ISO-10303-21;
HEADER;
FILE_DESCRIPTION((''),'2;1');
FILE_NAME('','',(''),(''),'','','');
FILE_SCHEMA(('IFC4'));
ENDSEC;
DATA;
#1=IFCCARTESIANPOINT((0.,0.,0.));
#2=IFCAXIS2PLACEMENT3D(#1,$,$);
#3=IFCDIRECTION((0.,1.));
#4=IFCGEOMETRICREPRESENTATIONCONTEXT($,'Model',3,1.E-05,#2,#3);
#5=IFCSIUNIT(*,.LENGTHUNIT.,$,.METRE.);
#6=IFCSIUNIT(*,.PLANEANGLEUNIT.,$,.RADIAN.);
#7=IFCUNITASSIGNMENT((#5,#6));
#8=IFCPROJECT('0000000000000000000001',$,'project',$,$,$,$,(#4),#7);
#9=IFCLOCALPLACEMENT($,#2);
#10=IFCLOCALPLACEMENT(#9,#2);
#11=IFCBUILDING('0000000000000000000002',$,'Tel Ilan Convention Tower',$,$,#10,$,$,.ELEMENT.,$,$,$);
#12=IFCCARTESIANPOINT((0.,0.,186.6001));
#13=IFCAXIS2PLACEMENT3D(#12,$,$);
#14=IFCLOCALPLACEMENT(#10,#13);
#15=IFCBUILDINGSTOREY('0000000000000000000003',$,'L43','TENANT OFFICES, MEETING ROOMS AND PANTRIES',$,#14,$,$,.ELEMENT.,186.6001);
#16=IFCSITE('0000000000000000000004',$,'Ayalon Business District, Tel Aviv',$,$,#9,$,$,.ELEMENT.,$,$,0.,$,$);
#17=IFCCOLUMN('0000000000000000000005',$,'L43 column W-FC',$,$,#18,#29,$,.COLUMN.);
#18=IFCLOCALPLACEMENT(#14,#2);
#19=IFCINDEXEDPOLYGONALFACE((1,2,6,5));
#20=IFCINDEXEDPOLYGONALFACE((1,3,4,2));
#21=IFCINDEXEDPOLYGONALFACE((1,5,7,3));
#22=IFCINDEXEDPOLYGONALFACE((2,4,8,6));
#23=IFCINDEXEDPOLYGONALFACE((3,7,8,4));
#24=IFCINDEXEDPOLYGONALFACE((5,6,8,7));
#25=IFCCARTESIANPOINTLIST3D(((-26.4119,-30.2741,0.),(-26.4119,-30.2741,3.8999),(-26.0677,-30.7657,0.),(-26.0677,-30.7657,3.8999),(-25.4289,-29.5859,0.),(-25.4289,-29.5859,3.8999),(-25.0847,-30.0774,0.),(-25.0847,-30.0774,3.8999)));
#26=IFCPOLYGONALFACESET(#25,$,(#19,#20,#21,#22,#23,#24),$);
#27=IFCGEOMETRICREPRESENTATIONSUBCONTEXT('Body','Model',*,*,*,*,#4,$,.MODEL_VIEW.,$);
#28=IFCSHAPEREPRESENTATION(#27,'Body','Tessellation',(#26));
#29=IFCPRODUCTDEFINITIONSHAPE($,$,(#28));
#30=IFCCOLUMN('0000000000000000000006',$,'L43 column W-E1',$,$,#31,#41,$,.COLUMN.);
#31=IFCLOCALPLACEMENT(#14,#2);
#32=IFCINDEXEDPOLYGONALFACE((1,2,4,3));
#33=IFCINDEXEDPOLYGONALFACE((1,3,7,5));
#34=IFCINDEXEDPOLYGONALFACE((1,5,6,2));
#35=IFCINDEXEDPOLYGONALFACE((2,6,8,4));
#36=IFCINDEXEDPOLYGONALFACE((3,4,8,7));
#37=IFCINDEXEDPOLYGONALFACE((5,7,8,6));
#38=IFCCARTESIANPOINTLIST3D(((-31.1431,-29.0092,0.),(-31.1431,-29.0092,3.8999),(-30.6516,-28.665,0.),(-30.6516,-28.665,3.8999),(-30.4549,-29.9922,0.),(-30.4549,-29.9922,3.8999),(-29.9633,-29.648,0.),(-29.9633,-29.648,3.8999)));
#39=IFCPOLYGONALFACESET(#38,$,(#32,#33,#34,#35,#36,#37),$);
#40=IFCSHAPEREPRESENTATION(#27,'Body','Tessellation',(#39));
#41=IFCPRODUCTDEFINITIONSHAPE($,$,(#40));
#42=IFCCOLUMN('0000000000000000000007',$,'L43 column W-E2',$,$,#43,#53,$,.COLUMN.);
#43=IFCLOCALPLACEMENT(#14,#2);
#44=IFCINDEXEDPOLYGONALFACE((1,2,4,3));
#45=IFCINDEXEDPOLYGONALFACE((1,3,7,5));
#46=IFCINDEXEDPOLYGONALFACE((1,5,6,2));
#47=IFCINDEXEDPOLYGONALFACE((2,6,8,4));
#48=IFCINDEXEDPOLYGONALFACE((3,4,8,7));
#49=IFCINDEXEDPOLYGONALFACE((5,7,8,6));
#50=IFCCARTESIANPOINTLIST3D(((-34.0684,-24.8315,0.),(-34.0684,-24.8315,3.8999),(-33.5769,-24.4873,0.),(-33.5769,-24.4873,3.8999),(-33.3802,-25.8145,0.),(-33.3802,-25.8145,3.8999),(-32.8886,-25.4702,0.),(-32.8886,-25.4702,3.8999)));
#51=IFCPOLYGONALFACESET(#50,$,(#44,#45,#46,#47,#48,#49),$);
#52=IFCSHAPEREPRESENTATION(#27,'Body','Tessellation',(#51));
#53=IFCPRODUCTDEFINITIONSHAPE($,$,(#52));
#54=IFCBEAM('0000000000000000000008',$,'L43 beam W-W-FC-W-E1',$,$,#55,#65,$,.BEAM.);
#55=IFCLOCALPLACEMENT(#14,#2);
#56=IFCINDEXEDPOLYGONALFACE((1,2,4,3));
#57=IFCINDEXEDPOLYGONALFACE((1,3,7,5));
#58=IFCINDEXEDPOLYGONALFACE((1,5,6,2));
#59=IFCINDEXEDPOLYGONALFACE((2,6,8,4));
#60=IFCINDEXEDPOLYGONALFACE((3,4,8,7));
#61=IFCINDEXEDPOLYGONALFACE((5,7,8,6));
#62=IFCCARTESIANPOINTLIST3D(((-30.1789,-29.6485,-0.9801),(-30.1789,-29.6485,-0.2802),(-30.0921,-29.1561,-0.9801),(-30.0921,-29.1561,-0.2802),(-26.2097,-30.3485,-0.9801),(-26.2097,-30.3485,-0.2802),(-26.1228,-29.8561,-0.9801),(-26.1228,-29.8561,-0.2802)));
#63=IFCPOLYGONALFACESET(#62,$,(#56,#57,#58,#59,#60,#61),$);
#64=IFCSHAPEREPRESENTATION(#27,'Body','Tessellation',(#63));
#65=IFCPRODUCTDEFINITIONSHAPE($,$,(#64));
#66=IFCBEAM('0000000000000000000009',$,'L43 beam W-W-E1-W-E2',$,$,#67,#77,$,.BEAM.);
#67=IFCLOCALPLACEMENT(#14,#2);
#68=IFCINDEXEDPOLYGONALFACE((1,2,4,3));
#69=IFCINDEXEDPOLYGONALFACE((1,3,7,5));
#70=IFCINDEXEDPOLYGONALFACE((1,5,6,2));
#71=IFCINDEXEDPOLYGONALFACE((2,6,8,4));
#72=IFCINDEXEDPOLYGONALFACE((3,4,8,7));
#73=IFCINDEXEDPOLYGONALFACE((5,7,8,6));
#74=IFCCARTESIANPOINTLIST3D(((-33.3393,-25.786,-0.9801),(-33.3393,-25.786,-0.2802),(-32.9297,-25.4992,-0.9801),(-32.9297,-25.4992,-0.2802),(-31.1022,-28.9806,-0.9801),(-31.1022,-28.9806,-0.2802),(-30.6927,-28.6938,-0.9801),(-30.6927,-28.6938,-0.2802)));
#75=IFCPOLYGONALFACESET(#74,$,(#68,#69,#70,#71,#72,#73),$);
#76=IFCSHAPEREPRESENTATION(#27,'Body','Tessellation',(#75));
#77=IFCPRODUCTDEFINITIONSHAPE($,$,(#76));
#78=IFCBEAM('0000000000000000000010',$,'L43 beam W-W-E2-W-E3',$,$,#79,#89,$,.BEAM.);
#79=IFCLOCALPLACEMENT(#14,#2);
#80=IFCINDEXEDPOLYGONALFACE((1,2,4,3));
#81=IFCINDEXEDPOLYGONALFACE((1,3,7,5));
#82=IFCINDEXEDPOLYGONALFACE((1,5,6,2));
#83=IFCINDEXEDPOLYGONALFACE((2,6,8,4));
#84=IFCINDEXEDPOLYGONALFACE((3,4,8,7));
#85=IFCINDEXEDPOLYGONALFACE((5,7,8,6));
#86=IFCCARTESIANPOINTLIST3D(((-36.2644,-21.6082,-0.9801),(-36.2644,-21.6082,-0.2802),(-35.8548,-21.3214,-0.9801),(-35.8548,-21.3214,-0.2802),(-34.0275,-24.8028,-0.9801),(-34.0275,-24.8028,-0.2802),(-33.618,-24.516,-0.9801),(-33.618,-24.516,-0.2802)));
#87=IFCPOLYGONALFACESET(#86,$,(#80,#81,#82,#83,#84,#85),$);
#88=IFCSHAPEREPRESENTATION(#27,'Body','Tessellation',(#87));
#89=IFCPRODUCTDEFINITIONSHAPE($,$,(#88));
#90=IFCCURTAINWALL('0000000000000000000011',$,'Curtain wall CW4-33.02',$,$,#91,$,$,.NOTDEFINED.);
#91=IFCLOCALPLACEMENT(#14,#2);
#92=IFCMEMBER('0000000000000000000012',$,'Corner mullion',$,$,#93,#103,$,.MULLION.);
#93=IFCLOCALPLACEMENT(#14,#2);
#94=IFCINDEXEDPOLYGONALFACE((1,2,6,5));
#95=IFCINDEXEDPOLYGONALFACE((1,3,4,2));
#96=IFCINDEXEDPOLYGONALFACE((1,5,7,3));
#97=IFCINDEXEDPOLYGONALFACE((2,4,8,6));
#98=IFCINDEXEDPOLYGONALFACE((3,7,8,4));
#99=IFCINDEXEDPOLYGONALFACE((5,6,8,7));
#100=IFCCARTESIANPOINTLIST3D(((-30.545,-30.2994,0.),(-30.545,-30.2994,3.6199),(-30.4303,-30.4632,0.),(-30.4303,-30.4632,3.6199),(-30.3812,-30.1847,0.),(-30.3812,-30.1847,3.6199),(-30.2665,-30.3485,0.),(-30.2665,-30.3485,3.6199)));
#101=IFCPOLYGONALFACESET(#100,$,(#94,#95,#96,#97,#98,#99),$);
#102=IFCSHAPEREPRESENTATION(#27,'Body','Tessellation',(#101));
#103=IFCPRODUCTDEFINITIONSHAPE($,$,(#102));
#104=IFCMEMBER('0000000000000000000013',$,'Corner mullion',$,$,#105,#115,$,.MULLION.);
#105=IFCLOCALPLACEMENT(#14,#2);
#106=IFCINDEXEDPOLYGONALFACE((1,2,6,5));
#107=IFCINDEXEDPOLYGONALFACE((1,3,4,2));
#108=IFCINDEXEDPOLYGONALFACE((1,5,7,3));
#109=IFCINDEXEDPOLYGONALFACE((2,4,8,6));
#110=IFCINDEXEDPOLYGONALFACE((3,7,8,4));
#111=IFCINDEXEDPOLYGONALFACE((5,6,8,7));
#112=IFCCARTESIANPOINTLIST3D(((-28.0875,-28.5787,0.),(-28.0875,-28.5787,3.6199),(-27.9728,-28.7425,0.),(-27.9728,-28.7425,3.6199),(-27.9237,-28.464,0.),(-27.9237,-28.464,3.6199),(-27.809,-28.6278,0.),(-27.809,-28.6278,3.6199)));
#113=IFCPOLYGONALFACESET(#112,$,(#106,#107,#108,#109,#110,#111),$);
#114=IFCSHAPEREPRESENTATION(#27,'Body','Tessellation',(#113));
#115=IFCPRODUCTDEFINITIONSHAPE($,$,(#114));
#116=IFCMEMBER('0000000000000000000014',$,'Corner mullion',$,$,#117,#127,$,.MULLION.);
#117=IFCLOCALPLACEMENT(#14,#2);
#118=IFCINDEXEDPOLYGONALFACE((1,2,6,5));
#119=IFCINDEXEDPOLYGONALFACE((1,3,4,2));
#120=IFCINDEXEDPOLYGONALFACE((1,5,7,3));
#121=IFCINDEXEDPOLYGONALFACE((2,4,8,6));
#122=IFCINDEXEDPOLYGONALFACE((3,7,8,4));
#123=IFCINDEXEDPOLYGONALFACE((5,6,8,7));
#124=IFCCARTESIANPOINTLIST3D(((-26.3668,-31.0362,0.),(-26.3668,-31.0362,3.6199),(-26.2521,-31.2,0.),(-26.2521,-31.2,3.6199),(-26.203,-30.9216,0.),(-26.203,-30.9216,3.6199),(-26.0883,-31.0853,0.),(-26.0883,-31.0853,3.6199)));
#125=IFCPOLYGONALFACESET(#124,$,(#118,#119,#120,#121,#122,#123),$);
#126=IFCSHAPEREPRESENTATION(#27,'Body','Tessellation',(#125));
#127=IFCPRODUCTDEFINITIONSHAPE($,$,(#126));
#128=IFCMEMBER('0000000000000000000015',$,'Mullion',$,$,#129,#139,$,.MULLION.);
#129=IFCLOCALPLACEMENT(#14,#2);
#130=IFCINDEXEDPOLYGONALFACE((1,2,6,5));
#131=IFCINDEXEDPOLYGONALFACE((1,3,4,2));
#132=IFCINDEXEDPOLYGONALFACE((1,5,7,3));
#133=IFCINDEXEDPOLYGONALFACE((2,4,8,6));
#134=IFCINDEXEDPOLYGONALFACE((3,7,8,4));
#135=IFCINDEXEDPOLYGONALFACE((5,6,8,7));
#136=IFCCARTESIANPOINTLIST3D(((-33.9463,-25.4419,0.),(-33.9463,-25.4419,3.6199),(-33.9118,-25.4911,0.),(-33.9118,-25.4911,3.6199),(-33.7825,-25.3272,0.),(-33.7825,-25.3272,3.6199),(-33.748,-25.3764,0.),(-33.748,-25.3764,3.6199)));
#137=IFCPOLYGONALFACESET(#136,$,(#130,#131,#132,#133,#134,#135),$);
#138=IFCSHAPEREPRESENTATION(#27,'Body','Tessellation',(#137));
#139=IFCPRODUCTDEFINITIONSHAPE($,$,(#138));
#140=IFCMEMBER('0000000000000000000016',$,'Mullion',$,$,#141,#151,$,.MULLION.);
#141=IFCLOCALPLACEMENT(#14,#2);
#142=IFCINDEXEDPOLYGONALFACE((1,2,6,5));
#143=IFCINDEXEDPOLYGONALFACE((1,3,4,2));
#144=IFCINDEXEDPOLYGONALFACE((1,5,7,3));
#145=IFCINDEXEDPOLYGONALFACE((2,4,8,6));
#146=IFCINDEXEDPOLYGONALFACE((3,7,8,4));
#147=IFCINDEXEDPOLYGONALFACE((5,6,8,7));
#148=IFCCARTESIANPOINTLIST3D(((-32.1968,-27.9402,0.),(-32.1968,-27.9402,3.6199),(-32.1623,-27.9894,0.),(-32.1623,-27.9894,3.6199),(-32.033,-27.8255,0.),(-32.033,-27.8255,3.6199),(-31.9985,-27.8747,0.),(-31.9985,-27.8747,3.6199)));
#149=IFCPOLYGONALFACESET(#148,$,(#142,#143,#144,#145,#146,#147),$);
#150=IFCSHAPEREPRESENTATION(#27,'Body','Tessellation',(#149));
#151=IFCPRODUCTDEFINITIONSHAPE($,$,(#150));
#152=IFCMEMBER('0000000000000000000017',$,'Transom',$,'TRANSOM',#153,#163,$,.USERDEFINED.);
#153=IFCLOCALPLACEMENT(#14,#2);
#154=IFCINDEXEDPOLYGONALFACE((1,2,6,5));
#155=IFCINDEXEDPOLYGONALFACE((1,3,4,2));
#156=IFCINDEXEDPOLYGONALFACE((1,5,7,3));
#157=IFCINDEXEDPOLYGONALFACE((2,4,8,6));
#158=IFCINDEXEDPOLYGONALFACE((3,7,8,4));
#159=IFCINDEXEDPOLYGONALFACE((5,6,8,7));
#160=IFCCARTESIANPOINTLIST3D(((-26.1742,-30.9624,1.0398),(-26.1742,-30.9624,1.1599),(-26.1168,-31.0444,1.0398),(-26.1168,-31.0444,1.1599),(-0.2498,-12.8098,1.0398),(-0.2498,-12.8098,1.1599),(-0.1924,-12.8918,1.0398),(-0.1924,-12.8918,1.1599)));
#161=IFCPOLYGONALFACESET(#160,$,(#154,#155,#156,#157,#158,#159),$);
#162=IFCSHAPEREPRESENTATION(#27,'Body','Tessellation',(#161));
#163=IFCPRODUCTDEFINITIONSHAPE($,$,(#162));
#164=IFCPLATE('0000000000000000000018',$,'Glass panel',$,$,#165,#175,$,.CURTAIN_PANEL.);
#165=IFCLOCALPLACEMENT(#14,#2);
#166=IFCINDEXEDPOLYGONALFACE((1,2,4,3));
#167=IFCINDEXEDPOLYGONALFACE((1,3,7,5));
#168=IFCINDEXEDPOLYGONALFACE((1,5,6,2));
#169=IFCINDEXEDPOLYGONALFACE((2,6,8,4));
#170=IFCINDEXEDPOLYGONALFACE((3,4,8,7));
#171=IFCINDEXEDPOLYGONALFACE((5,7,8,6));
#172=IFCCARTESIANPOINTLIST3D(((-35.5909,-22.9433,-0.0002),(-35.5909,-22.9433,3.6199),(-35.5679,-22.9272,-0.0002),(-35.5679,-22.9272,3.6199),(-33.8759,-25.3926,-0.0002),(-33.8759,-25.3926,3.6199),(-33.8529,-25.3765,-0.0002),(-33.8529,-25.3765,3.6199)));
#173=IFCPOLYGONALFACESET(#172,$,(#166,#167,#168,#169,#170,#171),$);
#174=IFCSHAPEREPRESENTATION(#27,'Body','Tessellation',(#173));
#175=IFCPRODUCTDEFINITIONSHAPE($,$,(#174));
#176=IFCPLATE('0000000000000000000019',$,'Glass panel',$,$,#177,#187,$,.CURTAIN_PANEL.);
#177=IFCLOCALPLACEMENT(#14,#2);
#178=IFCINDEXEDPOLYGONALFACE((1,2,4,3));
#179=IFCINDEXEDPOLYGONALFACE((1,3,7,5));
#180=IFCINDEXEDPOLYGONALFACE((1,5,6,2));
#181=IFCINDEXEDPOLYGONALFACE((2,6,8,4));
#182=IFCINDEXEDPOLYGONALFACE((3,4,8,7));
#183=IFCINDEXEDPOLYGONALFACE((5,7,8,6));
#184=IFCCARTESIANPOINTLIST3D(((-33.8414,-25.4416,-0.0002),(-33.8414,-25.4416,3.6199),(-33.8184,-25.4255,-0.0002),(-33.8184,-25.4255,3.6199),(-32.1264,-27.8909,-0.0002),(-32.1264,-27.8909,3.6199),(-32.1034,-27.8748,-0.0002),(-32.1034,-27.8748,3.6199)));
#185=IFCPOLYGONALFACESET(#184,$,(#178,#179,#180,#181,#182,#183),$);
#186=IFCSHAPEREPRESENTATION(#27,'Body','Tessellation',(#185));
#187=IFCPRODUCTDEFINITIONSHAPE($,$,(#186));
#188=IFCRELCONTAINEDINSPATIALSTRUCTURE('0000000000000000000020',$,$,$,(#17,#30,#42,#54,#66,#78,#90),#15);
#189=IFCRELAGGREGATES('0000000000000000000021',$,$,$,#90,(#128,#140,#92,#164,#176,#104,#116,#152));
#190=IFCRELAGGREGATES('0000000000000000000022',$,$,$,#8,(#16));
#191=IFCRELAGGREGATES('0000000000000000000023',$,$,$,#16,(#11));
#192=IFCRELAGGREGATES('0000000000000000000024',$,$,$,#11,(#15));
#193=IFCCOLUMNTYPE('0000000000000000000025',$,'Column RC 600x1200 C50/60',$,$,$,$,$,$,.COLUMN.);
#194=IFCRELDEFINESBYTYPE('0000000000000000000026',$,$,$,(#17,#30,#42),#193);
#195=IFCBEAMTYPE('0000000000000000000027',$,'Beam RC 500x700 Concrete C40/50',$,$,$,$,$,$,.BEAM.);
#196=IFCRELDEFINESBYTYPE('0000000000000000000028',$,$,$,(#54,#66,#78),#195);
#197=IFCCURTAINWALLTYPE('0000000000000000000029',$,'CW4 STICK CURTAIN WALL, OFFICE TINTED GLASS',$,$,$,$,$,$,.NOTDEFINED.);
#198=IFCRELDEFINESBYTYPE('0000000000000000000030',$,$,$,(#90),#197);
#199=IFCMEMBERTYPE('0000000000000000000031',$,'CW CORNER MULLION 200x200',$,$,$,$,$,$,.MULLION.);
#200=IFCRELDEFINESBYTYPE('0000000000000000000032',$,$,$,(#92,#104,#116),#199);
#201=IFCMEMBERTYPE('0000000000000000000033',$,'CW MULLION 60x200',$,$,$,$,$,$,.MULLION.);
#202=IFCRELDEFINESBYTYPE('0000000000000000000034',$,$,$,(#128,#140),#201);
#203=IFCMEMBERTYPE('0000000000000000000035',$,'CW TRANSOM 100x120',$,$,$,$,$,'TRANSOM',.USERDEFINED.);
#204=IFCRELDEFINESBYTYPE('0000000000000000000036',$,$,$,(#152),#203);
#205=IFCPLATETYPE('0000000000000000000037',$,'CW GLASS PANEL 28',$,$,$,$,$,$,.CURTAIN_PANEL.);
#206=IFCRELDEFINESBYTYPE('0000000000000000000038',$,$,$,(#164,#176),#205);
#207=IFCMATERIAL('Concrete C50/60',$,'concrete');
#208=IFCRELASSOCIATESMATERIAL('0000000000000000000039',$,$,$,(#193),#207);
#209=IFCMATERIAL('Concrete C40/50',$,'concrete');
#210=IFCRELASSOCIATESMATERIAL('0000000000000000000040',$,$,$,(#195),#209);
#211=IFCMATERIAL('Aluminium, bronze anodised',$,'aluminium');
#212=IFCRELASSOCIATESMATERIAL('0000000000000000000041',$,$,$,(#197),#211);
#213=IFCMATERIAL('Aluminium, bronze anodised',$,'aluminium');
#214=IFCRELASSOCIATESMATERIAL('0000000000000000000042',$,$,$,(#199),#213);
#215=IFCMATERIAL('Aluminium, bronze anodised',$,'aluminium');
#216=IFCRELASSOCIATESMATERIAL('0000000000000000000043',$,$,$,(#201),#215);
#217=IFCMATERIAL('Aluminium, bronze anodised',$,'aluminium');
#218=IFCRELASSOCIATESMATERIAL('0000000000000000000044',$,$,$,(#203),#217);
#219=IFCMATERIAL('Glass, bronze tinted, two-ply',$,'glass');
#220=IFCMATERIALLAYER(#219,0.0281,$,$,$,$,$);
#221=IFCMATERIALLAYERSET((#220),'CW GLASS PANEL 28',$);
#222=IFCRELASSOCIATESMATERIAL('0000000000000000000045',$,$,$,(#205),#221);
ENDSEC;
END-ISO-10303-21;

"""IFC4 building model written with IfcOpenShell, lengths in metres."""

from ifc_helpers import new_model, si_unit, direction, frame, origin, origin_2d, place, context, subcontext, project, spatial, rectangle, extrude, material, layer, layer_set, material_profile, profile_set, type_object, element, aggregate, save


model = new_model("IFC4")

# Units and contexts
model_context = context("Model", 3, precision=1e-05, world=origin(), true_north=direction((0.0, 1.0)))
body_context = subcontext(model_context, "Body", "Model", "MODEL_VIEW")
ifc_project = project(units=[si_unit("LENGTHUNIT", "METRE"), si_unit("PLANEANGLEUNIT", "RADIAN")], contexts=[model_context])

# Site, building, storey
site_placement = place(None, origin())
site = spatial("IfcSite", under=ifc_project, at=site_placement, Name="Ayalon Business District, Tel Aviv", CompositionType="ELEMENT", RefElevation=0.0)
building_placement = place(site_placement, origin())
building = spatial("IfcBuilding", under=site, at=building_placement, Name="Tel Ilan Convention Tower", CompositionType="ELEMENT")
storey_placement = place(building_placement, frame((0.0, 0.0, 186.6001)))
storey = spatial("IfcBuildingStorey", under=building, at=storey_placement, Name="L43", Description="TENANT OFFICES, MEETING ROOMS AND PANTRIES", CompositionType="ELEMENT", Elevation=186.6001)

# Columns
ifc_material_1 = material(Name="Concrete C50/60", Category="concrete")
ifc_material_profile_1 = material_profile(ifc_material_1, rectangle(XDim=1.2, YDim=0.6001, at=origin_2d()), Name="RC 600x1200")
ifc_profile_set_1 = profile_set([ifc_material_profile_1], Name="Concrete C50/60")
column_type = type_object("IfcColumnType", Name="Column RC 600x1200 C50/60", PredefinedType="COLUMN", material=ifc_profile_set_1)
for number, where, z_axis, x_axis, name in (
    (1, (-25.7483, -30.1758, 0.0), (0.0, 0.0, 1.0), (-0.819152, -0.573576, 0.0), "L43 column W-FC"),
    (2, (-30.5532, -29.3286, 0.0), (0.0, 0.0, 1.0), (-0.573576, 0.819152, 0.0), "L43 column W-E1"),
    (3, (-33.4785, -25.1509, 0.0), (0.0, 0.0, 1.0), (-0.573576, 0.819152, 0.0), "L43 column W-E2"),
):
    element("IfcColumn", number, at=place(storey_placement, frame(where, z_axis=z_axis, x_axis=x_axis)), inside=storey, type_object=column_type, Name=name, PredefinedType="COLUMN", context=body_context, shape_type="SweptSolid", body=[
        extrude(rectangle(XDim=1.2, YDim=0.6001, at=origin_2d()), origin(), (0.0, 0.0, 1.0), 3.8999),
    ])

# Beams
ifc_material_2 = material(Name="Concrete C40/50", Category="concrete")
ifc_material_profile_2 = material_profile(ifc_material_2, rectangle(XDim=0.5, YDim=0.7, at=origin_2d()), Name="RC 500x700")
ifc_profile_set_2 = profile_set([ifc_material_profile_2], Name="Concrete C40/50")
beam_type = type_object("IfcBeamType", Name="Beam RC 500x700 Concrete C40/50", PredefinedType="BEAM", material=ifc_profile_set_2)
beam_placement = place(storey_placement, frame((-26.1663, -30.1023, -0.6301), z_axis=(-0.984805, 0.173664, 0.0), x_axis=(-0.173664, -0.984805, 0.0)))
element("IfcBeam", 4, at=beam_placement, inside=storey, type_object=beam_type, Name="L43 beam W-W-FC-W-E1", PredefinedType="BEAM", context=body_context, shape_type="SweptSolid", body=[
    extrude(rectangle(XDim=0.5, YDim=0.7, at=origin_2d()), origin(), (0.0, 0.0, 1.0), 4.0305),
])
for number, where, z_axis, x_axis, name in (
    (5, (-30.8975, -28.8372, -0.6301), (-0.573609, 0.819129, 0.0), (-0.819129, -0.573609, 0.0), "L43 beam W-W-E1-W-E2"),
    (6, (-33.8228, -24.6594, -0.6301), (-0.573567, 0.819158, 0.0), (-0.819158, -0.573567, 0.0), "L43 beam W-W-E2-W-E3"),
):
    element("IfcBeam", number, at=place(storey_placement, frame(where, z_axis=z_axis, x_axis=x_axis)), inside=storey, type_object=beam_type, Name=name, PredefinedType="BEAM", context=body_context, shape_type="SweptSolid", body=[
        extrude(rectangle(XDim=0.5, YDim=0.7, at=origin_2d()), origin(), (0.0, 0.0, 1.0), 3.8999),
    ])

# Curtain wall, members, plates
ifc_material_3 = material(Name="Aluminium, bronze anodised", Category="aluminium")
curtain_wall_type = type_object("IfcCurtainWallType", Name="CW4 STICK CURTAIN WALL, OFFICE TINTED GLASS", PredefinedType="NOTDEFINED", material=ifc_material_3)
curtain_wall_placement = place(storey_placement, origin())
curtain_wall = element("IfcCurtainWall", 7, at=curtain_wall_placement, inside=storey, type_object=curtain_wall_type, Name="Curtain wall CW4-33.02", PredefinedType="NOTDEFINED")
ifc_material_4 = material(Name="Aluminium, bronze anodised", Category="aluminium")
ifc_material_profile_3 = material_profile(ifc_material_4, rectangle(XDim=0.2, YDim=0.2, at=origin_2d()), Name="CW CORNER MULLION 200x200")
ifc_profile_set_3 = profile_set([ifc_material_profile_3], Name="Aluminium, bronze anodised")
member_type_1 = type_object("IfcMemberType", Name="CW CORNER MULLION 200x200", PredefinedType="MULLION", material=ifc_profile_set_3)
member_1_placement = place(storey_placement, frame((-30.4058, -30.324, 0.0), z_axis=(0.0, 0.0, 1.0), x_axis=(0.573576, -0.819152, 0.0)))
member_1 = element("IfcMember", 8, at=member_1_placement, type_object=member_type_1, Name="Corner mullion", PredefinedType="MULLION", context=body_context, shape_type="SweptSolid", body=[
    extrude(rectangle(XDim=0.2, YDim=0.2, at=origin_2d()), origin(), (0.0, 0.0, 1.0), 3.6199),
])
member_2_placement = place(storey_placement, frame((-27.9482, -28.6033, 0.0), z_axis=(0.0, 0.0, 1.0), x_axis=(0.819152, 0.573576, 0.0)))
member_2 = element("IfcMember", 9, at=member_2_placement, type_object=member_type_1, Name="Corner mullion", PredefinedType="MULLION", context=body_context, shape_type="SweptSolid", body=[
    extrude(rectangle(XDim=0.2, YDim=0.2, at=origin_2d()), origin(), (0.0, 0.0, 1.0), 3.6199),
])
member_3_placement = place(storey_placement, frame((-26.2275, -31.0608, 0.0), z_axis=(0.0, 0.0, 1.0), x_axis=(0.573576, -0.819152, 0.0)))
member_3 = element("IfcMember", 10, at=member_3_placement, type_object=member_type_1, Name="Corner mullion", PredefinedType="MULLION", context=body_context, shape_type="SweptSolid", body=[
    extrude(rectangle(XDim=0.2, YDim=0.2, at=origin_2d()), origin(), (0.0, 0.0, 1.0), 3.6199),
])
ifc_material_5 = material(Name="Aluminium, bronze anodised", Category="aluminium")
ifc_material_profile_4 = material_profile(ifc_material_5, rectangle(XDim=0.0601, YDim=0.2, at=origin_2d()), Name="CW MULLION 60x200")
ifc_profile_set_4 = profile_set([ifc_material_profile_4], Name="Aluminium, bronze anodised")
member_type_2 = type_object("IfcMemberType", Name="CW MULLION 60x200", PredefinedType="MULLION", material=ifc_profile_set_4)
member_4_placement = place(storey_placement, frame((-33.8472, -25.4092, 0.0), z_axis=(0.0, 0.0, 1.0), x_axis=(0.573576, -0.819152, 0.0)))
member_4 = element("IfcMember", 11, at=member_4_placement, type_object=member_type_2, Name="Mullion", PredefinedType="MULLION", context=body_context, shape_type="SweptSolid", body=[
    extrude(rectangle(XDim=0.0601, YDim=0.2, at=origin_2d()), origin(), (0.0, 0.0, 1.0), 3.6199),
])
member_5_placement = place(storey_placement, frame((-32.0977, -27.9075, 0.0), z_axis=(0.0, 0.0, 1.0), x_axis=(0.573576, -0.819152, 0.0)))
member_5 = element("IfcMember", 12, at=member_5_placement, type_object=member_type_2, Name="Mullion", PredefinedType="MULLION", context=body_context, shape_type="SweptSolid", body=[
    extrude(rectangle(XDim=0.0601, YDim=0.2, at=origin_2d()), origin(), (0.0, 0.0, 1.0), 3.6199),
])
ifc_material_6 = material(Name="Aluminium, bronze anodised", Category="aluminium")
ifc_material_profile_5 = material_profile(ifc_material_6, rectangle(XDim=0.1001, YDim=0.1201, at=origin_2d()), Name="CW TRANSOM 100x120")
ifc_profile_set_5 = profile_set([ifc_material_profile_5], Name="Aluminium, bronze anodised")
member_type_3 = type_object("IfcMemberType", Name="CW TRANSOM 100x120", ElementType="TRANSOM", PredefinedType="USERDEFINED", material=ifc_profile_set_5)
member_6_placement = place(storey_placement, frame((-26.1455, -31.0034, 1.0999), z_axis=(0.819149, 0.57358, 0.0), x_axis=(-0.57358, 0.819149, 0.0)))
member_6 = element("IfcMember", 13, at=member_6_placement, type_object=member_type_3, Name="Transom", ObjectType="TRANSOM", PredefinedType="USERDEFINED", context=body_context, shape_type="SweptSolid", body=[
    extrude(rectangle(XDim=0.1001, YDim=0.1201, at=origin_2d()), origin(), (0.0, 0.0, 1.0), 31.6479),
])
ifc_material_7 = material(Name="Glass, bronze tinted, two-ply", Category="glass")
ifc_layer_1 = layer(ifc_material_7, 0.0281)
ifc_layer_set_1 = layer_set([ifc_layer_1], Name="CW GLASS PANEL 28")
plate_type = type_object("IfcPlateType", Name="CW GLASS PANEL 28", PredefinedType="CURTAIN_PANEL", material=ifc_layer_set_1)
plate_1_placement = place(storey_placement, frame((-34.7219, -24.1599, -0.0002), z_axis=(0.0, 0.0, 1.0), x_axis=(0.573576, -0.819152, 0.0)))
plate_1 = element("IfcPlate", 14, at=plate_1_placement, type_object=plate_type, Name="Glass panel", PredefinedType="CURTAIN_PANEL", context=body_context, shape_type="SweptSolid", body=[
    extrude(rectangle(XDim=2.99, YDim=0.0281, at=origin_2d()), origin(), (0.0, 0.0, 1.0), 3.6201),
])
plate_2_placement = place(storey_placement, frame((-32.9724, -26.6582, -0.0002), z_axis=(0.0, 0.0, 1.0), x_axis=(0.573576, -0.819152, 0.0)))
plate_2 = element("IfcPlate", 15, at=plate_2_placement, type_object=plate_type, Name="Glass panel", PredefinedType="CURTAIN_PANEL", context=body_context, shape_type="SweptSolid", body=[
    extrude(rectangle(XDim=2.99, YDim=0.0281, at=origin_2d()), origin(), (0.0, 0.0, 1.0), 3.6201),
])
aggregate(curtain_wall, [member_4, member_5, member_1, plate_1, plate_2, member_2, member_3, member_6])

save(model, "model.ifc")
